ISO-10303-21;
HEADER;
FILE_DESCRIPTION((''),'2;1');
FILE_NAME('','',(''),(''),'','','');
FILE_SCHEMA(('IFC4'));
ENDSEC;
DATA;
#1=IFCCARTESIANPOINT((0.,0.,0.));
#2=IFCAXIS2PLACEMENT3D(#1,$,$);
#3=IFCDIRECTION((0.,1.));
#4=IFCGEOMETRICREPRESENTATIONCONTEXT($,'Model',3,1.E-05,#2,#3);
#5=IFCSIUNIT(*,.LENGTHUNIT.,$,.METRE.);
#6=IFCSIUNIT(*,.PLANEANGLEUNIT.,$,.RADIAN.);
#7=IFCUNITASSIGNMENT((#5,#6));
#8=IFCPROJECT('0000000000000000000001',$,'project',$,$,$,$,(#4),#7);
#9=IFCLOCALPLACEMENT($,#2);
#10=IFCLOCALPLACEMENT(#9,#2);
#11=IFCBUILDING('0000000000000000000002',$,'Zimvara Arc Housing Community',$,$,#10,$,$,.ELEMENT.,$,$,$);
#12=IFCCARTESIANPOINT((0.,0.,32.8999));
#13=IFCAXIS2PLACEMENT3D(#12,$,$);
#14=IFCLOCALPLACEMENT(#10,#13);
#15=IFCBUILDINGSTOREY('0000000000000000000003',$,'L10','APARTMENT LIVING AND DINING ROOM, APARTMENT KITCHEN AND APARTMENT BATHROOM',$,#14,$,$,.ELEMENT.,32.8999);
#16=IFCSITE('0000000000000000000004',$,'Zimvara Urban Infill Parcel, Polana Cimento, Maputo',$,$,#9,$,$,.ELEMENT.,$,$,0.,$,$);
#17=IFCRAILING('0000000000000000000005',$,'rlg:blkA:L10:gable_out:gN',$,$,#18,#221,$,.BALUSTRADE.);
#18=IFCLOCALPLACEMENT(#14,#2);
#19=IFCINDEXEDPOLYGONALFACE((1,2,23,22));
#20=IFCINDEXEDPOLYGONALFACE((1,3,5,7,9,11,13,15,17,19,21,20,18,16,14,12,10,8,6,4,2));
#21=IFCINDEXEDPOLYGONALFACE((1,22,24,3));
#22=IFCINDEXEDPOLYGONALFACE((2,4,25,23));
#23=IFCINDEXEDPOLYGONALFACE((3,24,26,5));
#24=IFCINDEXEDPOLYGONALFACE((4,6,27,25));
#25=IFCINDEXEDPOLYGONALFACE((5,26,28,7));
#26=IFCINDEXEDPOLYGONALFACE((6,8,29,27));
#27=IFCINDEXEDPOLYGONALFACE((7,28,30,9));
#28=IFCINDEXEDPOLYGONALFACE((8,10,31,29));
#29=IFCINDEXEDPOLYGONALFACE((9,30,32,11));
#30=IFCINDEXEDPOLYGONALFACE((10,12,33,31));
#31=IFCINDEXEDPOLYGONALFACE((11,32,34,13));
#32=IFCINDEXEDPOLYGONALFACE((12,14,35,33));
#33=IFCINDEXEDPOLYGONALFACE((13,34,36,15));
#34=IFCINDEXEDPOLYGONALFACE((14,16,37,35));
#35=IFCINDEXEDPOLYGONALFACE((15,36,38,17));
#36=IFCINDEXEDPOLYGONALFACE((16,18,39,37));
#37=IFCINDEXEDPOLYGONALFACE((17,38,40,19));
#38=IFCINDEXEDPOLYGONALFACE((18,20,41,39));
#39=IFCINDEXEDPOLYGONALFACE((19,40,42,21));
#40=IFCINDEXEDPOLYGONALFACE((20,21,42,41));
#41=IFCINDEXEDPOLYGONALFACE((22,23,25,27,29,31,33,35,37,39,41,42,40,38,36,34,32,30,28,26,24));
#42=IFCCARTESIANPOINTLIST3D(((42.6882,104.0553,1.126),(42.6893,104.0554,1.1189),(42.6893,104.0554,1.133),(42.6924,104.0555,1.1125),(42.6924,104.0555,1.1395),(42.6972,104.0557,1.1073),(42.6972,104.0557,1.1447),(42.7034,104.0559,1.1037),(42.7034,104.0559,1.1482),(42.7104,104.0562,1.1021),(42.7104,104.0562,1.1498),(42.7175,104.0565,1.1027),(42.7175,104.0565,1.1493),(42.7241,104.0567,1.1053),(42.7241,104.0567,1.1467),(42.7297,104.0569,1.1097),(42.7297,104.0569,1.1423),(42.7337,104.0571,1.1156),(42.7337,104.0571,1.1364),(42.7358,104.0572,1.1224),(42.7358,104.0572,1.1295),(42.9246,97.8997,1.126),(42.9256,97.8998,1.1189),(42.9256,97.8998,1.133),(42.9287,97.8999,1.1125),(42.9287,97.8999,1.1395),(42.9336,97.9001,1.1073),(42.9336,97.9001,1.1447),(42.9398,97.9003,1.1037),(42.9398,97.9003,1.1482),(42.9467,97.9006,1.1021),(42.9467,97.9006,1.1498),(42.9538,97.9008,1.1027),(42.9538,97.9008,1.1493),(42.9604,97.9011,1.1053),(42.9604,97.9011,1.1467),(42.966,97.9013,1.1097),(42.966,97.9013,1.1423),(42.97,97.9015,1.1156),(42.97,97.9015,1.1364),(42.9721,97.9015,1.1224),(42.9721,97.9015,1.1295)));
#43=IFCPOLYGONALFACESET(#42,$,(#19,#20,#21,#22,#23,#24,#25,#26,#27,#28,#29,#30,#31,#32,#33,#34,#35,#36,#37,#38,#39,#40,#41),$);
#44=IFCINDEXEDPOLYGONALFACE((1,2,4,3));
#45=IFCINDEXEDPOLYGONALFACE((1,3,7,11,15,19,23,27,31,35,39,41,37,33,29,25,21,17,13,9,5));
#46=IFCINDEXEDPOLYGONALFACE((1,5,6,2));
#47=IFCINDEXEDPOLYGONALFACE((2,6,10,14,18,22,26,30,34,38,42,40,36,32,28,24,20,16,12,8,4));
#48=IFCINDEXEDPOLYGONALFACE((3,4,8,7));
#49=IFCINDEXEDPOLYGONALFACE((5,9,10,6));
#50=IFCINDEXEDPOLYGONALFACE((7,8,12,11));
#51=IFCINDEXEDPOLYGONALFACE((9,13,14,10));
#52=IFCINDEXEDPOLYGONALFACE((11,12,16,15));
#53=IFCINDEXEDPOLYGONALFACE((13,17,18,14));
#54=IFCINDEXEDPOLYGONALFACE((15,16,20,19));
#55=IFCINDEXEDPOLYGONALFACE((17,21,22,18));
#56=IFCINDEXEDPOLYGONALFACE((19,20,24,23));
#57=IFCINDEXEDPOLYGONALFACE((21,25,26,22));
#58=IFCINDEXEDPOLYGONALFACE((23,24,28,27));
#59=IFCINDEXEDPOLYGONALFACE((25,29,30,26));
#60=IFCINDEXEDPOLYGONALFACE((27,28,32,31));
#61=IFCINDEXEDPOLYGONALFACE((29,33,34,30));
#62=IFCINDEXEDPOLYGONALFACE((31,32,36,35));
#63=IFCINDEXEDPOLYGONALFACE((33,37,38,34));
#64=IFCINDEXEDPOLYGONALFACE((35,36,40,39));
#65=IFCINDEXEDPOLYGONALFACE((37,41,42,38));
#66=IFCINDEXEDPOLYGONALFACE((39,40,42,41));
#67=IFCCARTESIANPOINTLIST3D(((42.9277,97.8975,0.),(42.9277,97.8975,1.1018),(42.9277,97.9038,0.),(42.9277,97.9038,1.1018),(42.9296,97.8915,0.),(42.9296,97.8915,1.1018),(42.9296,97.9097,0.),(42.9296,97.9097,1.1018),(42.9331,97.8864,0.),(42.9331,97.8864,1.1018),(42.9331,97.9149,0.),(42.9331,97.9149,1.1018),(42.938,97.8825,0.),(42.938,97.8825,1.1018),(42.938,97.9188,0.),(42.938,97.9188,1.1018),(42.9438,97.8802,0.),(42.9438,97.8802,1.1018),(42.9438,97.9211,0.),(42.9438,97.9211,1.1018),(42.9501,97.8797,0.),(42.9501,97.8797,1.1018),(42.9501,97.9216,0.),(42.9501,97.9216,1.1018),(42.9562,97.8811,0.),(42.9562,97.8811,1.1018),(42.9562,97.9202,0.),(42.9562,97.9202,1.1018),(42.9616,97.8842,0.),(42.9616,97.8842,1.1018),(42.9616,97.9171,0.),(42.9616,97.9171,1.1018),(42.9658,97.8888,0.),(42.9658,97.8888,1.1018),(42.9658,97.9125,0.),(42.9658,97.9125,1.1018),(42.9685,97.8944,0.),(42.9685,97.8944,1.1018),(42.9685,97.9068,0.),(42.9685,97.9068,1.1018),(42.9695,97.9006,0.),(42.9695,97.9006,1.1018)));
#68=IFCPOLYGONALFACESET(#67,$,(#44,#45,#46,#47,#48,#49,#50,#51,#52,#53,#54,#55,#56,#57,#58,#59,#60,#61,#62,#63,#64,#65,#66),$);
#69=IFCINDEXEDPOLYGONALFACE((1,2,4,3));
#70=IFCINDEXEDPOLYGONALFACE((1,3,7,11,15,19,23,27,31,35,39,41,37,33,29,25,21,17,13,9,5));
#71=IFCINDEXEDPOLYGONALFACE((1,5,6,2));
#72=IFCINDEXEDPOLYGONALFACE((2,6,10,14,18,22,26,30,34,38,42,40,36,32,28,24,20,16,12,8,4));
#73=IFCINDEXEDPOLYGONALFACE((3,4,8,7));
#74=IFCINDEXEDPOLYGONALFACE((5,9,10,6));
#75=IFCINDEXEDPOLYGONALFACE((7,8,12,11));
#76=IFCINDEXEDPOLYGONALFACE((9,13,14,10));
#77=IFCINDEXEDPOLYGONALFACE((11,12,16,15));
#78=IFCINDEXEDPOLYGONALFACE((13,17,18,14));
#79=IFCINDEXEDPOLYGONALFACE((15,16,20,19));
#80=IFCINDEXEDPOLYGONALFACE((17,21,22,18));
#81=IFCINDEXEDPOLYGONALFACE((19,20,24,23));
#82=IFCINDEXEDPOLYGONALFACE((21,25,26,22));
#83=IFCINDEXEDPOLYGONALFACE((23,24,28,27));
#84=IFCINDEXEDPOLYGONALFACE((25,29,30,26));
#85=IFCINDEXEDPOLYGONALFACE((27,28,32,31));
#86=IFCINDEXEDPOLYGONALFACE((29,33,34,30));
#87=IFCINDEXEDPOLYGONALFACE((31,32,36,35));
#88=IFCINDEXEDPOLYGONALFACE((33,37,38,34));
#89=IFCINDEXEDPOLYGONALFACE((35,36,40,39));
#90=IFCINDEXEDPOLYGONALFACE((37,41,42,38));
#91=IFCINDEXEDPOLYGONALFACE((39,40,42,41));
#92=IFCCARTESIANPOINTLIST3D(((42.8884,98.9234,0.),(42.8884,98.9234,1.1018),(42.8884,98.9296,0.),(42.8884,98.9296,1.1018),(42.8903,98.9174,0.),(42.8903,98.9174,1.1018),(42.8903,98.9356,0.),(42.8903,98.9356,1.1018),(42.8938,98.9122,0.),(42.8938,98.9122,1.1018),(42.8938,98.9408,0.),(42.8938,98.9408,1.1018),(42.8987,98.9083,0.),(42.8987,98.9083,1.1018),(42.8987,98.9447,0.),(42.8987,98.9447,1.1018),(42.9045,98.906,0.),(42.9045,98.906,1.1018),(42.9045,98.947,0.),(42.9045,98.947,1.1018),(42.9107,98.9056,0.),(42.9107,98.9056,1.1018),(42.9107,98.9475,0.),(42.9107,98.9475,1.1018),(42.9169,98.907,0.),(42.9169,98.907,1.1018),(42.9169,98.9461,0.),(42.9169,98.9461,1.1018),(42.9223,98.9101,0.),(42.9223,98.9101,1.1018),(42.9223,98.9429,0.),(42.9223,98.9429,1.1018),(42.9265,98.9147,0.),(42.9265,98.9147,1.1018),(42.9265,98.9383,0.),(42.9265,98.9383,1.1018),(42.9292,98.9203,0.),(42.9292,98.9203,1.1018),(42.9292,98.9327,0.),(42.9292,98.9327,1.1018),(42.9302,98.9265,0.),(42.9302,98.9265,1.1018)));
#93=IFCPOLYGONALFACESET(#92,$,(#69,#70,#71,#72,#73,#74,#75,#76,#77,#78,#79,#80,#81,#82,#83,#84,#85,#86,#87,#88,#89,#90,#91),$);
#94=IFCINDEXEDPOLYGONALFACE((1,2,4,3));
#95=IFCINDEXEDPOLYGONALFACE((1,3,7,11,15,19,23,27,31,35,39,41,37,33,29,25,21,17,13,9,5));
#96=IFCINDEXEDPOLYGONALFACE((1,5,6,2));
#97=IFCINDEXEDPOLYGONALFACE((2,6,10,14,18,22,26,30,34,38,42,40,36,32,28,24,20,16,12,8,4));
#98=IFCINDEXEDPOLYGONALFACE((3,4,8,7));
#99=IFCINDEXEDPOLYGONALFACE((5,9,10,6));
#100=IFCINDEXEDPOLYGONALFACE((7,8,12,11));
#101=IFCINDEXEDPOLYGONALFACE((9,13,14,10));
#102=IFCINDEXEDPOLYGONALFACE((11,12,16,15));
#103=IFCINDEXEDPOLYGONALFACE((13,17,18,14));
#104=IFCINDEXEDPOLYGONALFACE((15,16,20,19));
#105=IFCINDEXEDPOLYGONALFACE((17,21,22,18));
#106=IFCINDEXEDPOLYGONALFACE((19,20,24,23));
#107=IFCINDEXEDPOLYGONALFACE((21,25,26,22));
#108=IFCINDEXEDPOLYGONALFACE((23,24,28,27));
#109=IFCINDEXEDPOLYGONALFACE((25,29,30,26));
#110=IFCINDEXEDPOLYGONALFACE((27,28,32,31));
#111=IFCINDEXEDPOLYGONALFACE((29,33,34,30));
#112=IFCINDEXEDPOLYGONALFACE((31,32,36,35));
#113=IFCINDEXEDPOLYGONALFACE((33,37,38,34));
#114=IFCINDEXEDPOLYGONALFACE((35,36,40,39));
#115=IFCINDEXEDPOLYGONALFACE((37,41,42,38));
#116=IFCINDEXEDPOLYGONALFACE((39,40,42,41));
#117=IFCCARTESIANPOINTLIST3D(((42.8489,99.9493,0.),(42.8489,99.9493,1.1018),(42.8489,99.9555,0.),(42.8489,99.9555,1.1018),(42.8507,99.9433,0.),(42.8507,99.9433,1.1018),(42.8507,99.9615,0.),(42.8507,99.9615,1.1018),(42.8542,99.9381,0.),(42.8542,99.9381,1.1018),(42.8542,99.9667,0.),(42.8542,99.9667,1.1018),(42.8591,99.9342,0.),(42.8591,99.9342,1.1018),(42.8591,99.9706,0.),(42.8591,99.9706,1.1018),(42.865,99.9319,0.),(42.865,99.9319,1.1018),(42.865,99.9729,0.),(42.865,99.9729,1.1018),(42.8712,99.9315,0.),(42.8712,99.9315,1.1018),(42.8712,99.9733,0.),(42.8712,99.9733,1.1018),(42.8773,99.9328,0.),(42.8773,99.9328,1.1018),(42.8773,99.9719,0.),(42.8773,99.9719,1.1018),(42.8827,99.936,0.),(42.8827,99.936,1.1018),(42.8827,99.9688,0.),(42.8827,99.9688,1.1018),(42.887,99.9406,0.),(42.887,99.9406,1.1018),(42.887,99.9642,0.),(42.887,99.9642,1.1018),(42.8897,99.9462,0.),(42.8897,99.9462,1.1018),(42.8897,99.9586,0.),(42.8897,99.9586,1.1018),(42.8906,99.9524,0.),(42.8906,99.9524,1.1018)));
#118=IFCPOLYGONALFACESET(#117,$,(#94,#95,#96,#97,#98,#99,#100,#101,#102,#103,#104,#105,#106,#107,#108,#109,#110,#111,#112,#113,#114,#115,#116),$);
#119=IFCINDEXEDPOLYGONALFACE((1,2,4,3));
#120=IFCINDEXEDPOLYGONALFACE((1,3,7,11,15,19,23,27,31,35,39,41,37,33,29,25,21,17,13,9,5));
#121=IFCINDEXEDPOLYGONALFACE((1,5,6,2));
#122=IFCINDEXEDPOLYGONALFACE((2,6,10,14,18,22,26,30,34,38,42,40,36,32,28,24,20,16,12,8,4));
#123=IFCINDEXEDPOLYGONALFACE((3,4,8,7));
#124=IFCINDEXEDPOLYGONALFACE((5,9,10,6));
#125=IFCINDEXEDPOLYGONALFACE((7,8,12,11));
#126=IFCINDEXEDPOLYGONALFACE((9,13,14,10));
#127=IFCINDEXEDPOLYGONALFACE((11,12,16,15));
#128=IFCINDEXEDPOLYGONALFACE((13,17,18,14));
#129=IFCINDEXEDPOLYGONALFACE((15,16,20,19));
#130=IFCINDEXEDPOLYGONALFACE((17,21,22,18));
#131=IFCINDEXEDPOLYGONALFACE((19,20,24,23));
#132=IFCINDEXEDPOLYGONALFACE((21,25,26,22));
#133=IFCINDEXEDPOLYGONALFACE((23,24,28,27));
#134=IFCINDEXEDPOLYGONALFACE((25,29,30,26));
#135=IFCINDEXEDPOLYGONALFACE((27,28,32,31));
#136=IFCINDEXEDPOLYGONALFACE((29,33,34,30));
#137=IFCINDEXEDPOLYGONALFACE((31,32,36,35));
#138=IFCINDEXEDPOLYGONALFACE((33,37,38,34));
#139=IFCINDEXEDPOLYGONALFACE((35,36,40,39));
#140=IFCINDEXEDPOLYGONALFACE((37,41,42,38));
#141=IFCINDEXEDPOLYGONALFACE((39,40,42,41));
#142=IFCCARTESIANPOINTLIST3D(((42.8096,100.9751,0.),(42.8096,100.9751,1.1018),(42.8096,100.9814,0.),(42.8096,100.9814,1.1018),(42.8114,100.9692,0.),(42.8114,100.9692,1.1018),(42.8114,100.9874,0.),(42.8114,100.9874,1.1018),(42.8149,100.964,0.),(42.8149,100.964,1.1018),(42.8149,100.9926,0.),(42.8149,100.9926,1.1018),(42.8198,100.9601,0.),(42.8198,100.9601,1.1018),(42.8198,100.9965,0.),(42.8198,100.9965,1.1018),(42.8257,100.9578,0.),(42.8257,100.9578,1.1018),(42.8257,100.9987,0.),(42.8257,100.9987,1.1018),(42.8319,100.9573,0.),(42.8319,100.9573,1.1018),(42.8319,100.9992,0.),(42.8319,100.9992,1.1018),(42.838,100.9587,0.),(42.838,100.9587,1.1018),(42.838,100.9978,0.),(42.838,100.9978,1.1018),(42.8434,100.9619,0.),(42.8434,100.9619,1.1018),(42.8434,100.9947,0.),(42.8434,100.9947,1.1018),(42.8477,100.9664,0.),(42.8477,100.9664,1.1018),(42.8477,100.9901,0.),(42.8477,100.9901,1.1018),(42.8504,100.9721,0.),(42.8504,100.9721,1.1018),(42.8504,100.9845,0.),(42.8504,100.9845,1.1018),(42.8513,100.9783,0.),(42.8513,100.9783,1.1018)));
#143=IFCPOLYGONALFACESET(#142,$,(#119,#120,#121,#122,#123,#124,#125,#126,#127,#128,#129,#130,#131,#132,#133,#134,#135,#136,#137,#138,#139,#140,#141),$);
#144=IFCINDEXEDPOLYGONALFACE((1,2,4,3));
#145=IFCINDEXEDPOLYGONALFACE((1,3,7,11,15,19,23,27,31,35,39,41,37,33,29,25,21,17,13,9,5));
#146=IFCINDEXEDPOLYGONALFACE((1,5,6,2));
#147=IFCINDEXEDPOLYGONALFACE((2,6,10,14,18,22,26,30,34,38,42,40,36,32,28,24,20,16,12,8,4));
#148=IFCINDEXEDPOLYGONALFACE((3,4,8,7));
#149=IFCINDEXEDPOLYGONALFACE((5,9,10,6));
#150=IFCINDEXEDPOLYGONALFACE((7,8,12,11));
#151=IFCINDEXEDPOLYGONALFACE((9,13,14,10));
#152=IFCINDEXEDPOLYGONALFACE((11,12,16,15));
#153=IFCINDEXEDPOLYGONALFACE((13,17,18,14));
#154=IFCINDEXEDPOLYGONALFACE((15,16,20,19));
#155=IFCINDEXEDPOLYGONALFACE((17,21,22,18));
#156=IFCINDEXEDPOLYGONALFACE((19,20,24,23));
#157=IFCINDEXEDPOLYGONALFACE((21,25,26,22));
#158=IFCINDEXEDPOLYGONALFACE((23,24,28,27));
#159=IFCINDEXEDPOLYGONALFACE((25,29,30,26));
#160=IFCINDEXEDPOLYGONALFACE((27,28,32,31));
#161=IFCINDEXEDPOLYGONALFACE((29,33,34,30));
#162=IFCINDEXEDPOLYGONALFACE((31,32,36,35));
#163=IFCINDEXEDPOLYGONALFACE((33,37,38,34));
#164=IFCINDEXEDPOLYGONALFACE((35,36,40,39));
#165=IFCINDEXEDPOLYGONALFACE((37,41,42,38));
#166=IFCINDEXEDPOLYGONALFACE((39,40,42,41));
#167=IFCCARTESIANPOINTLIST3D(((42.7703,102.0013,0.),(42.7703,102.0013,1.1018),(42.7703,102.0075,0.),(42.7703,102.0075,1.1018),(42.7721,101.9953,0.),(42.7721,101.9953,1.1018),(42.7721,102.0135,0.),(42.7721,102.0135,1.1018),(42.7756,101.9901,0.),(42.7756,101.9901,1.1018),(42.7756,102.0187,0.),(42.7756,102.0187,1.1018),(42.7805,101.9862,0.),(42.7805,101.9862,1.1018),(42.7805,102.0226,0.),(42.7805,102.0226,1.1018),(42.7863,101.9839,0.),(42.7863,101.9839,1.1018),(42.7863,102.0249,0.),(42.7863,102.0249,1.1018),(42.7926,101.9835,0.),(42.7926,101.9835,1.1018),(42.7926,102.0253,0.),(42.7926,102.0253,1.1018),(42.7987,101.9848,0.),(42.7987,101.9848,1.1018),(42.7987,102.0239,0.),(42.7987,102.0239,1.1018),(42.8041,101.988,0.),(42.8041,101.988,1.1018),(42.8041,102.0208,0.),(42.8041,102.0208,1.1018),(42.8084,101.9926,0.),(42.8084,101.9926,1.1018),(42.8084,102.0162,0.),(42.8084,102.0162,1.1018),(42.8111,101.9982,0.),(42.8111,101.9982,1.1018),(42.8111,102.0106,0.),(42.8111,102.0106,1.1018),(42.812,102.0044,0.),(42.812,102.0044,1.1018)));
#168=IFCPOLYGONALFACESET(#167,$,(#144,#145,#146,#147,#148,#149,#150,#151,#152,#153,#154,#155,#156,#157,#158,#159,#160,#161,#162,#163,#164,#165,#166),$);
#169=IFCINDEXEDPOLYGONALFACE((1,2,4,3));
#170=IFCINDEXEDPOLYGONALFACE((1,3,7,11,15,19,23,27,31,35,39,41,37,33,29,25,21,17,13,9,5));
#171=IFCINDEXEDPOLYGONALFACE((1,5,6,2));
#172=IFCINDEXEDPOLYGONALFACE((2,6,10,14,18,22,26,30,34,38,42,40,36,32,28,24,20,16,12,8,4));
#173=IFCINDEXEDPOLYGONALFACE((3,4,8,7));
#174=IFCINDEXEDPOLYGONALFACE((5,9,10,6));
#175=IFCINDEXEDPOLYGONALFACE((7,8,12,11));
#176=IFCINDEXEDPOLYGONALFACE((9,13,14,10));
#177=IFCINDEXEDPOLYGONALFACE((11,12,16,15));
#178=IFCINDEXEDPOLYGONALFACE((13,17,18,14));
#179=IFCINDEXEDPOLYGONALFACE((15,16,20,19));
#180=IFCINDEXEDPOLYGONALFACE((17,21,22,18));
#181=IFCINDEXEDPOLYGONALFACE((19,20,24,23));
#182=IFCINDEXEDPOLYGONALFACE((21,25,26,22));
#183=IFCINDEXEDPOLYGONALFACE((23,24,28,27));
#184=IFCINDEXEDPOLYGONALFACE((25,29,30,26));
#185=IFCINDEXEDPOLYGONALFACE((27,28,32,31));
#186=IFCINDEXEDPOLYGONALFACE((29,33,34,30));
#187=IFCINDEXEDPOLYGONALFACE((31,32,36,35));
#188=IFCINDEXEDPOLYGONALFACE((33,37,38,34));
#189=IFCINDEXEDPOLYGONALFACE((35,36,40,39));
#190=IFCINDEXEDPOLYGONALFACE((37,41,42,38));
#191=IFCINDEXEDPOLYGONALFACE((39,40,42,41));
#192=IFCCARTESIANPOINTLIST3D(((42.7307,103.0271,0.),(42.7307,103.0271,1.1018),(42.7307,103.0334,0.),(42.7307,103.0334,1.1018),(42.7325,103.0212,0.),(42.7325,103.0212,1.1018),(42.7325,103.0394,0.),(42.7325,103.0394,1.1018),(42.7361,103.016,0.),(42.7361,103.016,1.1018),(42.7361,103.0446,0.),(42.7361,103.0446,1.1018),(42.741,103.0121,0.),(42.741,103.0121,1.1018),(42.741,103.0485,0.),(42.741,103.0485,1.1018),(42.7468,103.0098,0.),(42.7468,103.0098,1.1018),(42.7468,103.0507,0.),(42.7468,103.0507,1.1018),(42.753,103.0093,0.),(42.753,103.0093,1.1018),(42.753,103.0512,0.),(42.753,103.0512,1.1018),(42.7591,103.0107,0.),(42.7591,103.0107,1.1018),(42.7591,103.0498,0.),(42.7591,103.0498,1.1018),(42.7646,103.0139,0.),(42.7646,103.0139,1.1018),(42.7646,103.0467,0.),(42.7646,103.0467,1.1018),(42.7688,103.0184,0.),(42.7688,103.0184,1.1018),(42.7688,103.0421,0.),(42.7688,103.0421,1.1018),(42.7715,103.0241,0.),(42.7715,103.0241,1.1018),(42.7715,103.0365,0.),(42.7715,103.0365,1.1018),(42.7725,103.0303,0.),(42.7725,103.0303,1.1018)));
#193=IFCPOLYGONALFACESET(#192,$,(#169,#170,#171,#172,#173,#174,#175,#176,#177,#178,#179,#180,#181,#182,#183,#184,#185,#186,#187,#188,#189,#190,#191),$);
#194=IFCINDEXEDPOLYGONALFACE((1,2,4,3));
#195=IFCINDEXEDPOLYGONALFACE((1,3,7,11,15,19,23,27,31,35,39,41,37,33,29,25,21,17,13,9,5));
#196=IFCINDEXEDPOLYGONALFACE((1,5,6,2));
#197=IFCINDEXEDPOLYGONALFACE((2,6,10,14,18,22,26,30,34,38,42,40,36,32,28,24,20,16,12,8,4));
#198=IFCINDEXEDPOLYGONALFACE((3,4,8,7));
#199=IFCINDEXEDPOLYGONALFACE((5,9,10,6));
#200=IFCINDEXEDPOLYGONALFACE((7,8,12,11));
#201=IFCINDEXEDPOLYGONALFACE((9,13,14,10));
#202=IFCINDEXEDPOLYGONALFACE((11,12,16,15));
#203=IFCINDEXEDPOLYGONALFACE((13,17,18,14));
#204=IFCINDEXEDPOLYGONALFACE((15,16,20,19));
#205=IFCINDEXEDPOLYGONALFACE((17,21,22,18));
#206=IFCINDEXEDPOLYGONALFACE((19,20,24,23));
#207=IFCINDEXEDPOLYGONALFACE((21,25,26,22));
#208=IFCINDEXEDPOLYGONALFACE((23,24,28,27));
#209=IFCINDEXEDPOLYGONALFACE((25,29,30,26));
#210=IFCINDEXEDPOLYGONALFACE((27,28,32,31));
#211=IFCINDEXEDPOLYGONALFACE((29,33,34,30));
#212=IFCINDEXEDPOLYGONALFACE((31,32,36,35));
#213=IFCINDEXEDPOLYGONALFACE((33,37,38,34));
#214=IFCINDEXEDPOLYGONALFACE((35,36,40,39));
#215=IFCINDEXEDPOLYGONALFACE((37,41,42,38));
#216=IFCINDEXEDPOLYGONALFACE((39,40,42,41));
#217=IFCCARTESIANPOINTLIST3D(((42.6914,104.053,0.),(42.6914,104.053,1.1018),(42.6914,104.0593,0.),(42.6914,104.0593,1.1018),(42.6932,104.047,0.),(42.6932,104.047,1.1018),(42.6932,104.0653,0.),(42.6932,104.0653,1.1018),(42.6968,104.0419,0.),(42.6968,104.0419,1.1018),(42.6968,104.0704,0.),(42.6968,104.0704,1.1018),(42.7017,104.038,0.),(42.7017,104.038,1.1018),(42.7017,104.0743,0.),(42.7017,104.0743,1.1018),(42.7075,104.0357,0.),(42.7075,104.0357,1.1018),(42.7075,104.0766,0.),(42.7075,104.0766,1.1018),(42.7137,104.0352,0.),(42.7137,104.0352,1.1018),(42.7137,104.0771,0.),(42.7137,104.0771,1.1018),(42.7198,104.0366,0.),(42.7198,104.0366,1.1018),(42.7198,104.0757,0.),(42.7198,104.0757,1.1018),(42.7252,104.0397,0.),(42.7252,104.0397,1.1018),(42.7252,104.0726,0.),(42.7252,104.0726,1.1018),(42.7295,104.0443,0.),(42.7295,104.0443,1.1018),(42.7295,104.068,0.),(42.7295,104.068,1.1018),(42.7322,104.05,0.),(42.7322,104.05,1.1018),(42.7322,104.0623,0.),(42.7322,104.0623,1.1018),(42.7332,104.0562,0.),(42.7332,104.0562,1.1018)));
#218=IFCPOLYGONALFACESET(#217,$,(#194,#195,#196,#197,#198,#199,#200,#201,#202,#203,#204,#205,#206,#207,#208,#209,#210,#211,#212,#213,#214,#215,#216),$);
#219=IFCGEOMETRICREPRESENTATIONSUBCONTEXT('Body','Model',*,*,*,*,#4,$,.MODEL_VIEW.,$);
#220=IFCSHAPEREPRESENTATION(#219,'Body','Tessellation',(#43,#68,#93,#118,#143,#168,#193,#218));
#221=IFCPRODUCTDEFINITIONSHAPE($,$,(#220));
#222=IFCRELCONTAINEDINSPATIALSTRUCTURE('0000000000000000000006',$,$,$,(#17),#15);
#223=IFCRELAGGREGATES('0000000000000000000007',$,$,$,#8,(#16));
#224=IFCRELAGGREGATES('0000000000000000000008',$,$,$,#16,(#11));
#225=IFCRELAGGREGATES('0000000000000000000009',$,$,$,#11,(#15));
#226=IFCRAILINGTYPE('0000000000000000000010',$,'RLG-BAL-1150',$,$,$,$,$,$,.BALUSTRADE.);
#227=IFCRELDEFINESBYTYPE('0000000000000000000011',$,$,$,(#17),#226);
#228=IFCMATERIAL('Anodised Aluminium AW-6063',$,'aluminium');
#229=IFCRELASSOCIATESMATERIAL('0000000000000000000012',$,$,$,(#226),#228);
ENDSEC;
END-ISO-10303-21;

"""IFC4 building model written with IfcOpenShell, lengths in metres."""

from ifc_helpers import new_model, si_unit, direction, frame, origin, origin_2d, place, context, subcontext, project, spatial, circle, extrude, material, type_object, element, save


model = new_model("IFC4")

# Units and contexts
model_context = context("Model", 3, precision=1e-05, world=origin(), true_north=direction((0.0, 1.0)))
body_context = subcontext(model_context, "Body", "Model", "MODEL_VIEW")
ifc_project = project(units=[si_unit("LENGTHUNIT", "METRE"), si_unit("PLANEANGLEUNIT", "RADIAN")], contexts=[model_context])

# Site, building, storey
site_placement = place(None, origin())
site = spatial("IfcSite", under=ifc_project, at=site_placement, Name="Zimvara Urban Infill Parcel, Polana Cimento, Maputo", CompositionType="ELEMENT", RefElevation=0.0)
building_placement = place(site_placement, origin())
building = spatial("IfcBuilding", under=site, at=building_placement, Name="Zimvara Arc Housing Community", CompositionType="ELEMENT")
storey_placement = place(building_placement, frame((0.0, 0.0, 32.8999)))
storey = spatial("IfcBuildingStorey", under=building, at=storey_placement, Name="L10", Description="APARTMENT LIVING AND DINING ROOM, APARTMENT KITCHEN AND APARTMENT BATHROOM", CompositionType="ELEMENT", Elevation=32.8999)

# Railing
ifc_material_1 = material(Name="Anodised Aluminium AW-6063", Category="aluminium")
railing_type = type_object("IfcRailingType", Name="RLG-BAL-1150", PredefinedType="BALUSTRADE", material=ifc_material_1)
railing_1_placement = place(storey_placement, frame((42.9485, 97.9006, 0.0)))
element("IfcRailing", 1, at=railing_1_placement, inside=storey, type_object=railing_type, Name="rlg:blkA:L10:gable_out:gN", PredefinedType="BALUSTRADE", context=body_context, shape_type="SweptSolid", body=[
    extrude(circle(Radius=0.0239, at=origin_2d()), frame((0.0, 0.0, 1.126), z_axis=(-0.038365, 0.999264, 0.0), x_axis=(-0.999264, -0.038365, 0.0)), (0.0, 0.0, 1.0), 6.1602),
    extrude(circle(Radius=0.021, at=origin_2d()), origin(), (0.0, 0.0, 1.0), 1.1018),
    extrude(circle(Radius=0.021, at=origin_2d()), frame((-0.0393, 1.0259, 0.0)), (0.0, 0.0, 1.0), 1.1018),
    extrude(circle(Radius=0.021, at=origin_2d()), frame((-0.0789, 2.0518, 0.0)), (0.0, 0.0, 1.0), 1.1018),
    extrude(circle(Radius=0.021, at=origin_2d()), frame((-0.1182, 3.0776, 0.0)), (0.0, 0.0, 1.0), 1.1018),
    extrude(circle(Radius=0.021, at=origin_2d()), frame((-0.1575, 4.1038, 0.0)), (0.0, 0.0, 1.0), 1.1018),
    extrude(circle(Radius=0.021, at=origin_2d()), frame((-0.197, 5.1296, 0.0)), (0.0, 0.0, 1.0), 1.1018),
    extrude(circle(Radius=0.021, at=origin_2d()), frame((-0.2363, 6.1555, 0.0)), (0.0, 0.0, 1.0), 1.1018),
])

save(model, "model.ifc")
